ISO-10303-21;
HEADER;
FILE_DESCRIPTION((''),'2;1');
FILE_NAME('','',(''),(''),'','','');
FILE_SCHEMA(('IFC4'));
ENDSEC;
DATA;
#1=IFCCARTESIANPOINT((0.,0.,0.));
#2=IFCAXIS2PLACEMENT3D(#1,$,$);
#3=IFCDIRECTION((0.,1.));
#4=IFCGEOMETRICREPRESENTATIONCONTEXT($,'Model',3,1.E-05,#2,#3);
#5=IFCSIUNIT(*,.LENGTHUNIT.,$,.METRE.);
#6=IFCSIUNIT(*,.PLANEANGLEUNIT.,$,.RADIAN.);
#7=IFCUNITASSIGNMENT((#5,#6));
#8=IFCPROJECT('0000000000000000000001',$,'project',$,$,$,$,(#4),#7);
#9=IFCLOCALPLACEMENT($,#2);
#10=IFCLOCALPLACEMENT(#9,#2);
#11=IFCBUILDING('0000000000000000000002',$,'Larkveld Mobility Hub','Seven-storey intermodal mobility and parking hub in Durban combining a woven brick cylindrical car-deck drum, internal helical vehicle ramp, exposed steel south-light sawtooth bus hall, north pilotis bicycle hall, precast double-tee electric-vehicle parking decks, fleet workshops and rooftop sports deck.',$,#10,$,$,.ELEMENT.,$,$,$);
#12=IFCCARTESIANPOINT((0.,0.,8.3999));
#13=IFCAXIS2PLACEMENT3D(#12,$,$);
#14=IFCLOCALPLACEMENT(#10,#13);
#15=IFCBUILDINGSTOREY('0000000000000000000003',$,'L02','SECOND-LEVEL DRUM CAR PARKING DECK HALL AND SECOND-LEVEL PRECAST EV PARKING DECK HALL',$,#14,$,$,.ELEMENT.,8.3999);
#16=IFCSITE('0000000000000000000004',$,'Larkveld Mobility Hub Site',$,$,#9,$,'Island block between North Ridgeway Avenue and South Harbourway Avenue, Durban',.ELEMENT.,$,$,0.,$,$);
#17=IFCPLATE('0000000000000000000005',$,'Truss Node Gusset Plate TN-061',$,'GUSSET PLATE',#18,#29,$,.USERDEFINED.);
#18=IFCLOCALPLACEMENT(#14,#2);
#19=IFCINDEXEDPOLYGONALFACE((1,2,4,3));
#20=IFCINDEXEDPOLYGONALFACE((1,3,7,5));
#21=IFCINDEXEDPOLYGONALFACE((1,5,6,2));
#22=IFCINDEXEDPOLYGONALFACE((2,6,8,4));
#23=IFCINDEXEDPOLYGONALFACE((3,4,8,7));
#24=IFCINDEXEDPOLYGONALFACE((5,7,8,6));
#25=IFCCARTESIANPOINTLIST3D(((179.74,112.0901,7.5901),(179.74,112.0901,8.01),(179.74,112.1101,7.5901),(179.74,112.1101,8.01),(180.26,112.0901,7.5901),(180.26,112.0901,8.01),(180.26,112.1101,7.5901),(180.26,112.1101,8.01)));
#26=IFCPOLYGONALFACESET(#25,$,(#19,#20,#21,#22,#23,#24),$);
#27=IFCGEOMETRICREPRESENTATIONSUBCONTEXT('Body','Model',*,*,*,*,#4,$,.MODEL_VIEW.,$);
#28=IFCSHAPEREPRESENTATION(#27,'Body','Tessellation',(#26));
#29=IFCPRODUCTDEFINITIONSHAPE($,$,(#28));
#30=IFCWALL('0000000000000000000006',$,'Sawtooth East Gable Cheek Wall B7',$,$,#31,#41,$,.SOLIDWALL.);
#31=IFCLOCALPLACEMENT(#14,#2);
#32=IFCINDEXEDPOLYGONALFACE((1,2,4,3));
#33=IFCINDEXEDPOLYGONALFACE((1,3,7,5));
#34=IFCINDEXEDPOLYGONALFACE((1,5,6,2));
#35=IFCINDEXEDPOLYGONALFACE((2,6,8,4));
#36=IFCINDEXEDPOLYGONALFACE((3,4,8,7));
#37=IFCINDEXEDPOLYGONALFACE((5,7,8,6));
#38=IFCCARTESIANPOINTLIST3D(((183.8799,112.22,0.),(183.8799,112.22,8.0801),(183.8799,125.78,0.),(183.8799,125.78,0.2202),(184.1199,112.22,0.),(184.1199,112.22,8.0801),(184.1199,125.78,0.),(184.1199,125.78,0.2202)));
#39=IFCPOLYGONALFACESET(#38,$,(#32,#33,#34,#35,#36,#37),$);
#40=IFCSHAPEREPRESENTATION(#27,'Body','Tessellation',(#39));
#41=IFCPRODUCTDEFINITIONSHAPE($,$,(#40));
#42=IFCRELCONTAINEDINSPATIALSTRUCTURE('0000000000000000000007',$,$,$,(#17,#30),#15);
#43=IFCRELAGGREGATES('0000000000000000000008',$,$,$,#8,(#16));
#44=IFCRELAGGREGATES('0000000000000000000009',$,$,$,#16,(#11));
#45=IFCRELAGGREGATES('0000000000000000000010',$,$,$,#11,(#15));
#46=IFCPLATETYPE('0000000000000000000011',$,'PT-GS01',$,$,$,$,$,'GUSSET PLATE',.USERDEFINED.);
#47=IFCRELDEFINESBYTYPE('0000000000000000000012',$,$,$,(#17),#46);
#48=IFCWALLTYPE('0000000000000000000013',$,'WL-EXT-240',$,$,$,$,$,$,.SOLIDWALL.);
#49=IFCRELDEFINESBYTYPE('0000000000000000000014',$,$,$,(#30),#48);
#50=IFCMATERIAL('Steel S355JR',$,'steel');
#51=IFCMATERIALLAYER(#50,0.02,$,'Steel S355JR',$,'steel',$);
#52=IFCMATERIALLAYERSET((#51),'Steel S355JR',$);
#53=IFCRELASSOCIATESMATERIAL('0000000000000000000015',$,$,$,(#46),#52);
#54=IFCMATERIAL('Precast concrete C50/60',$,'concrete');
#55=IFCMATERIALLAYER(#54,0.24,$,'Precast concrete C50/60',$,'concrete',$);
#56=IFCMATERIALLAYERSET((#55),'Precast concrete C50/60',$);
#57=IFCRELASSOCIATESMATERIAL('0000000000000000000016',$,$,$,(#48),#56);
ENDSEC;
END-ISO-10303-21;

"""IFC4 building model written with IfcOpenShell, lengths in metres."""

from ifc_helpers import new_model, si_unit, direction, frame, origin, origin_2d, place, context, subcontext, project, spatial, polyline, rectangle, outline, extrude, material, layer, layer_set, type_object, element, save


model = new_model("IFC4")

# Units and contexts
model_context = context("Model", 3, precision=1e-05, world=origin(), true_north=direction((0.0, 1.0)))
body_context = subcontext(model_context, "Body", "Model", "MODEL_VIEW")
ifc_project = project(units=[si_unit("LENGTHUNIT", "METRE"), si_unit("PLANEANGLEUNIT", "RADIAN")], contexts=[model_context])

# Site, building, storey
site_placement = place(None, origin())
site = spatial("IfcSite", under=ifc_project, at=site_placement, Name="Larkveld Mobility Hub Site", LongName="Island block between North Ridgeway Avenue and South Harbourway Avenue, Durban", CompositionType="ELEMENT", RefElevation=0.0)
building_placement = place(site_placement, origin())
building = spatial("IfcBuilding", under=site, at=building_placement, Name="Larkveld Mobility Hub", Description="Seven-storey intermodal mobility and parking hub in Durban combining a woven brick cylindrical car-deck drum, internal helical vehicle ramp, exposed steel south-light sawtooth bus hall, north pilotis bicycle hall, precast double-tee electric-vehicle parking decks, fleet workshops and rooftop sports deck.", CompositionType="ELEMENT")
storey_placement = place(building_placement, frame((0.0, 0.0, 8.3999)))
storey = spatial("IfcBuildingStorey", under=building, at=storey_placement, Name="L02", Description="SECOND-LEVEL DRUM CAR PARKING DECK HALL AND SECOND-LEVEL PRECAST EV PARKING DECK HALL", CompositionType="ELEMENT", Elevation=8.3999)

# Shared definitions
ifc_material_1 = material(Name="Steel S355JR", Category="steel")

# Plate
ifc_layer_1 = layer(ifc_material_1, 0.02, Name="Steel S355JR", Category="steel")
ifc_layer_set_1 = layer_set([ifc_layer_1], Name="Steel S355JR")
plate_type_1 = type_object("IfcPlateType", Name="PT-GS01", ElementType="GUSSET PLATE", PredefinedType="USERDEFINED", material=ifc_layer_set_1)
plate_1_placement = place(storey_placement, frame((180.0, 112.1001, 7.5901), z_axis=(0.0, 0.0, 1.0), x_axis=(1.0, 0.0, 0.0)))
element("IfcPlate", 1, at=plate_1_placement, inside=storey, type_object=plate_type_1, Name="Truss Node Gusset Plate TN-061", ObjectType="GUSSET PLATE", PredefinedType="USERDEFINED", context=body_context, shape_type="SweptSolid", body=[
    extrude(rectangle(XDim=0.52, YDim=0.02, at=origin_2d()), origin(), (0.0, 0.0, 1.0), 0.4199),
])

# Wall
ifc_material_2 = material(Name="Precast concrete C50/60", Category="concrete")
ifc_layer_2 = layer(ifc_material_2, 0.24, Name="Precast concrete C50/60", Category="concrete")
ifc_layer_set_2 = layer_set([ifc_layer_2], Name="Precast concrete C50/60")
wall_type = type_object("IfcWallType", Name="WL-EXT-240", PredefinedType="SOLIDWALL", material=ifc_layer_set_2)
wall_placement = place(storey_placement, frame((184.0, 112.22, 0.0), z_axis=(0.0, 0.0, 1.0), x_axis=(0.0, 1.0, 0.0)))
element("IfcWall", 2, at=wall_placement, inside=storey, type_object=wall_type, Name="Sawtooth East Gable Cheek Wall B7", PredefinedType="SOLIDWALL", context=body_context, shape_type="SweptSolid", body=[
    extrude(outline(polyline([(0.0, 0.0), (13.5601, 0.0), (13.5601, 0.2202), (0.0, 8.0801), (0.0, 0.0)])), frame((0.0, 0.1201, 0.0), z_axis=(0.0, -1.0, 0.0), x_axis=(1.0, 0.0, 0.0)), (0.0, 0.0, 1.0), 0.24),
])

save(model, "model.ifc")
